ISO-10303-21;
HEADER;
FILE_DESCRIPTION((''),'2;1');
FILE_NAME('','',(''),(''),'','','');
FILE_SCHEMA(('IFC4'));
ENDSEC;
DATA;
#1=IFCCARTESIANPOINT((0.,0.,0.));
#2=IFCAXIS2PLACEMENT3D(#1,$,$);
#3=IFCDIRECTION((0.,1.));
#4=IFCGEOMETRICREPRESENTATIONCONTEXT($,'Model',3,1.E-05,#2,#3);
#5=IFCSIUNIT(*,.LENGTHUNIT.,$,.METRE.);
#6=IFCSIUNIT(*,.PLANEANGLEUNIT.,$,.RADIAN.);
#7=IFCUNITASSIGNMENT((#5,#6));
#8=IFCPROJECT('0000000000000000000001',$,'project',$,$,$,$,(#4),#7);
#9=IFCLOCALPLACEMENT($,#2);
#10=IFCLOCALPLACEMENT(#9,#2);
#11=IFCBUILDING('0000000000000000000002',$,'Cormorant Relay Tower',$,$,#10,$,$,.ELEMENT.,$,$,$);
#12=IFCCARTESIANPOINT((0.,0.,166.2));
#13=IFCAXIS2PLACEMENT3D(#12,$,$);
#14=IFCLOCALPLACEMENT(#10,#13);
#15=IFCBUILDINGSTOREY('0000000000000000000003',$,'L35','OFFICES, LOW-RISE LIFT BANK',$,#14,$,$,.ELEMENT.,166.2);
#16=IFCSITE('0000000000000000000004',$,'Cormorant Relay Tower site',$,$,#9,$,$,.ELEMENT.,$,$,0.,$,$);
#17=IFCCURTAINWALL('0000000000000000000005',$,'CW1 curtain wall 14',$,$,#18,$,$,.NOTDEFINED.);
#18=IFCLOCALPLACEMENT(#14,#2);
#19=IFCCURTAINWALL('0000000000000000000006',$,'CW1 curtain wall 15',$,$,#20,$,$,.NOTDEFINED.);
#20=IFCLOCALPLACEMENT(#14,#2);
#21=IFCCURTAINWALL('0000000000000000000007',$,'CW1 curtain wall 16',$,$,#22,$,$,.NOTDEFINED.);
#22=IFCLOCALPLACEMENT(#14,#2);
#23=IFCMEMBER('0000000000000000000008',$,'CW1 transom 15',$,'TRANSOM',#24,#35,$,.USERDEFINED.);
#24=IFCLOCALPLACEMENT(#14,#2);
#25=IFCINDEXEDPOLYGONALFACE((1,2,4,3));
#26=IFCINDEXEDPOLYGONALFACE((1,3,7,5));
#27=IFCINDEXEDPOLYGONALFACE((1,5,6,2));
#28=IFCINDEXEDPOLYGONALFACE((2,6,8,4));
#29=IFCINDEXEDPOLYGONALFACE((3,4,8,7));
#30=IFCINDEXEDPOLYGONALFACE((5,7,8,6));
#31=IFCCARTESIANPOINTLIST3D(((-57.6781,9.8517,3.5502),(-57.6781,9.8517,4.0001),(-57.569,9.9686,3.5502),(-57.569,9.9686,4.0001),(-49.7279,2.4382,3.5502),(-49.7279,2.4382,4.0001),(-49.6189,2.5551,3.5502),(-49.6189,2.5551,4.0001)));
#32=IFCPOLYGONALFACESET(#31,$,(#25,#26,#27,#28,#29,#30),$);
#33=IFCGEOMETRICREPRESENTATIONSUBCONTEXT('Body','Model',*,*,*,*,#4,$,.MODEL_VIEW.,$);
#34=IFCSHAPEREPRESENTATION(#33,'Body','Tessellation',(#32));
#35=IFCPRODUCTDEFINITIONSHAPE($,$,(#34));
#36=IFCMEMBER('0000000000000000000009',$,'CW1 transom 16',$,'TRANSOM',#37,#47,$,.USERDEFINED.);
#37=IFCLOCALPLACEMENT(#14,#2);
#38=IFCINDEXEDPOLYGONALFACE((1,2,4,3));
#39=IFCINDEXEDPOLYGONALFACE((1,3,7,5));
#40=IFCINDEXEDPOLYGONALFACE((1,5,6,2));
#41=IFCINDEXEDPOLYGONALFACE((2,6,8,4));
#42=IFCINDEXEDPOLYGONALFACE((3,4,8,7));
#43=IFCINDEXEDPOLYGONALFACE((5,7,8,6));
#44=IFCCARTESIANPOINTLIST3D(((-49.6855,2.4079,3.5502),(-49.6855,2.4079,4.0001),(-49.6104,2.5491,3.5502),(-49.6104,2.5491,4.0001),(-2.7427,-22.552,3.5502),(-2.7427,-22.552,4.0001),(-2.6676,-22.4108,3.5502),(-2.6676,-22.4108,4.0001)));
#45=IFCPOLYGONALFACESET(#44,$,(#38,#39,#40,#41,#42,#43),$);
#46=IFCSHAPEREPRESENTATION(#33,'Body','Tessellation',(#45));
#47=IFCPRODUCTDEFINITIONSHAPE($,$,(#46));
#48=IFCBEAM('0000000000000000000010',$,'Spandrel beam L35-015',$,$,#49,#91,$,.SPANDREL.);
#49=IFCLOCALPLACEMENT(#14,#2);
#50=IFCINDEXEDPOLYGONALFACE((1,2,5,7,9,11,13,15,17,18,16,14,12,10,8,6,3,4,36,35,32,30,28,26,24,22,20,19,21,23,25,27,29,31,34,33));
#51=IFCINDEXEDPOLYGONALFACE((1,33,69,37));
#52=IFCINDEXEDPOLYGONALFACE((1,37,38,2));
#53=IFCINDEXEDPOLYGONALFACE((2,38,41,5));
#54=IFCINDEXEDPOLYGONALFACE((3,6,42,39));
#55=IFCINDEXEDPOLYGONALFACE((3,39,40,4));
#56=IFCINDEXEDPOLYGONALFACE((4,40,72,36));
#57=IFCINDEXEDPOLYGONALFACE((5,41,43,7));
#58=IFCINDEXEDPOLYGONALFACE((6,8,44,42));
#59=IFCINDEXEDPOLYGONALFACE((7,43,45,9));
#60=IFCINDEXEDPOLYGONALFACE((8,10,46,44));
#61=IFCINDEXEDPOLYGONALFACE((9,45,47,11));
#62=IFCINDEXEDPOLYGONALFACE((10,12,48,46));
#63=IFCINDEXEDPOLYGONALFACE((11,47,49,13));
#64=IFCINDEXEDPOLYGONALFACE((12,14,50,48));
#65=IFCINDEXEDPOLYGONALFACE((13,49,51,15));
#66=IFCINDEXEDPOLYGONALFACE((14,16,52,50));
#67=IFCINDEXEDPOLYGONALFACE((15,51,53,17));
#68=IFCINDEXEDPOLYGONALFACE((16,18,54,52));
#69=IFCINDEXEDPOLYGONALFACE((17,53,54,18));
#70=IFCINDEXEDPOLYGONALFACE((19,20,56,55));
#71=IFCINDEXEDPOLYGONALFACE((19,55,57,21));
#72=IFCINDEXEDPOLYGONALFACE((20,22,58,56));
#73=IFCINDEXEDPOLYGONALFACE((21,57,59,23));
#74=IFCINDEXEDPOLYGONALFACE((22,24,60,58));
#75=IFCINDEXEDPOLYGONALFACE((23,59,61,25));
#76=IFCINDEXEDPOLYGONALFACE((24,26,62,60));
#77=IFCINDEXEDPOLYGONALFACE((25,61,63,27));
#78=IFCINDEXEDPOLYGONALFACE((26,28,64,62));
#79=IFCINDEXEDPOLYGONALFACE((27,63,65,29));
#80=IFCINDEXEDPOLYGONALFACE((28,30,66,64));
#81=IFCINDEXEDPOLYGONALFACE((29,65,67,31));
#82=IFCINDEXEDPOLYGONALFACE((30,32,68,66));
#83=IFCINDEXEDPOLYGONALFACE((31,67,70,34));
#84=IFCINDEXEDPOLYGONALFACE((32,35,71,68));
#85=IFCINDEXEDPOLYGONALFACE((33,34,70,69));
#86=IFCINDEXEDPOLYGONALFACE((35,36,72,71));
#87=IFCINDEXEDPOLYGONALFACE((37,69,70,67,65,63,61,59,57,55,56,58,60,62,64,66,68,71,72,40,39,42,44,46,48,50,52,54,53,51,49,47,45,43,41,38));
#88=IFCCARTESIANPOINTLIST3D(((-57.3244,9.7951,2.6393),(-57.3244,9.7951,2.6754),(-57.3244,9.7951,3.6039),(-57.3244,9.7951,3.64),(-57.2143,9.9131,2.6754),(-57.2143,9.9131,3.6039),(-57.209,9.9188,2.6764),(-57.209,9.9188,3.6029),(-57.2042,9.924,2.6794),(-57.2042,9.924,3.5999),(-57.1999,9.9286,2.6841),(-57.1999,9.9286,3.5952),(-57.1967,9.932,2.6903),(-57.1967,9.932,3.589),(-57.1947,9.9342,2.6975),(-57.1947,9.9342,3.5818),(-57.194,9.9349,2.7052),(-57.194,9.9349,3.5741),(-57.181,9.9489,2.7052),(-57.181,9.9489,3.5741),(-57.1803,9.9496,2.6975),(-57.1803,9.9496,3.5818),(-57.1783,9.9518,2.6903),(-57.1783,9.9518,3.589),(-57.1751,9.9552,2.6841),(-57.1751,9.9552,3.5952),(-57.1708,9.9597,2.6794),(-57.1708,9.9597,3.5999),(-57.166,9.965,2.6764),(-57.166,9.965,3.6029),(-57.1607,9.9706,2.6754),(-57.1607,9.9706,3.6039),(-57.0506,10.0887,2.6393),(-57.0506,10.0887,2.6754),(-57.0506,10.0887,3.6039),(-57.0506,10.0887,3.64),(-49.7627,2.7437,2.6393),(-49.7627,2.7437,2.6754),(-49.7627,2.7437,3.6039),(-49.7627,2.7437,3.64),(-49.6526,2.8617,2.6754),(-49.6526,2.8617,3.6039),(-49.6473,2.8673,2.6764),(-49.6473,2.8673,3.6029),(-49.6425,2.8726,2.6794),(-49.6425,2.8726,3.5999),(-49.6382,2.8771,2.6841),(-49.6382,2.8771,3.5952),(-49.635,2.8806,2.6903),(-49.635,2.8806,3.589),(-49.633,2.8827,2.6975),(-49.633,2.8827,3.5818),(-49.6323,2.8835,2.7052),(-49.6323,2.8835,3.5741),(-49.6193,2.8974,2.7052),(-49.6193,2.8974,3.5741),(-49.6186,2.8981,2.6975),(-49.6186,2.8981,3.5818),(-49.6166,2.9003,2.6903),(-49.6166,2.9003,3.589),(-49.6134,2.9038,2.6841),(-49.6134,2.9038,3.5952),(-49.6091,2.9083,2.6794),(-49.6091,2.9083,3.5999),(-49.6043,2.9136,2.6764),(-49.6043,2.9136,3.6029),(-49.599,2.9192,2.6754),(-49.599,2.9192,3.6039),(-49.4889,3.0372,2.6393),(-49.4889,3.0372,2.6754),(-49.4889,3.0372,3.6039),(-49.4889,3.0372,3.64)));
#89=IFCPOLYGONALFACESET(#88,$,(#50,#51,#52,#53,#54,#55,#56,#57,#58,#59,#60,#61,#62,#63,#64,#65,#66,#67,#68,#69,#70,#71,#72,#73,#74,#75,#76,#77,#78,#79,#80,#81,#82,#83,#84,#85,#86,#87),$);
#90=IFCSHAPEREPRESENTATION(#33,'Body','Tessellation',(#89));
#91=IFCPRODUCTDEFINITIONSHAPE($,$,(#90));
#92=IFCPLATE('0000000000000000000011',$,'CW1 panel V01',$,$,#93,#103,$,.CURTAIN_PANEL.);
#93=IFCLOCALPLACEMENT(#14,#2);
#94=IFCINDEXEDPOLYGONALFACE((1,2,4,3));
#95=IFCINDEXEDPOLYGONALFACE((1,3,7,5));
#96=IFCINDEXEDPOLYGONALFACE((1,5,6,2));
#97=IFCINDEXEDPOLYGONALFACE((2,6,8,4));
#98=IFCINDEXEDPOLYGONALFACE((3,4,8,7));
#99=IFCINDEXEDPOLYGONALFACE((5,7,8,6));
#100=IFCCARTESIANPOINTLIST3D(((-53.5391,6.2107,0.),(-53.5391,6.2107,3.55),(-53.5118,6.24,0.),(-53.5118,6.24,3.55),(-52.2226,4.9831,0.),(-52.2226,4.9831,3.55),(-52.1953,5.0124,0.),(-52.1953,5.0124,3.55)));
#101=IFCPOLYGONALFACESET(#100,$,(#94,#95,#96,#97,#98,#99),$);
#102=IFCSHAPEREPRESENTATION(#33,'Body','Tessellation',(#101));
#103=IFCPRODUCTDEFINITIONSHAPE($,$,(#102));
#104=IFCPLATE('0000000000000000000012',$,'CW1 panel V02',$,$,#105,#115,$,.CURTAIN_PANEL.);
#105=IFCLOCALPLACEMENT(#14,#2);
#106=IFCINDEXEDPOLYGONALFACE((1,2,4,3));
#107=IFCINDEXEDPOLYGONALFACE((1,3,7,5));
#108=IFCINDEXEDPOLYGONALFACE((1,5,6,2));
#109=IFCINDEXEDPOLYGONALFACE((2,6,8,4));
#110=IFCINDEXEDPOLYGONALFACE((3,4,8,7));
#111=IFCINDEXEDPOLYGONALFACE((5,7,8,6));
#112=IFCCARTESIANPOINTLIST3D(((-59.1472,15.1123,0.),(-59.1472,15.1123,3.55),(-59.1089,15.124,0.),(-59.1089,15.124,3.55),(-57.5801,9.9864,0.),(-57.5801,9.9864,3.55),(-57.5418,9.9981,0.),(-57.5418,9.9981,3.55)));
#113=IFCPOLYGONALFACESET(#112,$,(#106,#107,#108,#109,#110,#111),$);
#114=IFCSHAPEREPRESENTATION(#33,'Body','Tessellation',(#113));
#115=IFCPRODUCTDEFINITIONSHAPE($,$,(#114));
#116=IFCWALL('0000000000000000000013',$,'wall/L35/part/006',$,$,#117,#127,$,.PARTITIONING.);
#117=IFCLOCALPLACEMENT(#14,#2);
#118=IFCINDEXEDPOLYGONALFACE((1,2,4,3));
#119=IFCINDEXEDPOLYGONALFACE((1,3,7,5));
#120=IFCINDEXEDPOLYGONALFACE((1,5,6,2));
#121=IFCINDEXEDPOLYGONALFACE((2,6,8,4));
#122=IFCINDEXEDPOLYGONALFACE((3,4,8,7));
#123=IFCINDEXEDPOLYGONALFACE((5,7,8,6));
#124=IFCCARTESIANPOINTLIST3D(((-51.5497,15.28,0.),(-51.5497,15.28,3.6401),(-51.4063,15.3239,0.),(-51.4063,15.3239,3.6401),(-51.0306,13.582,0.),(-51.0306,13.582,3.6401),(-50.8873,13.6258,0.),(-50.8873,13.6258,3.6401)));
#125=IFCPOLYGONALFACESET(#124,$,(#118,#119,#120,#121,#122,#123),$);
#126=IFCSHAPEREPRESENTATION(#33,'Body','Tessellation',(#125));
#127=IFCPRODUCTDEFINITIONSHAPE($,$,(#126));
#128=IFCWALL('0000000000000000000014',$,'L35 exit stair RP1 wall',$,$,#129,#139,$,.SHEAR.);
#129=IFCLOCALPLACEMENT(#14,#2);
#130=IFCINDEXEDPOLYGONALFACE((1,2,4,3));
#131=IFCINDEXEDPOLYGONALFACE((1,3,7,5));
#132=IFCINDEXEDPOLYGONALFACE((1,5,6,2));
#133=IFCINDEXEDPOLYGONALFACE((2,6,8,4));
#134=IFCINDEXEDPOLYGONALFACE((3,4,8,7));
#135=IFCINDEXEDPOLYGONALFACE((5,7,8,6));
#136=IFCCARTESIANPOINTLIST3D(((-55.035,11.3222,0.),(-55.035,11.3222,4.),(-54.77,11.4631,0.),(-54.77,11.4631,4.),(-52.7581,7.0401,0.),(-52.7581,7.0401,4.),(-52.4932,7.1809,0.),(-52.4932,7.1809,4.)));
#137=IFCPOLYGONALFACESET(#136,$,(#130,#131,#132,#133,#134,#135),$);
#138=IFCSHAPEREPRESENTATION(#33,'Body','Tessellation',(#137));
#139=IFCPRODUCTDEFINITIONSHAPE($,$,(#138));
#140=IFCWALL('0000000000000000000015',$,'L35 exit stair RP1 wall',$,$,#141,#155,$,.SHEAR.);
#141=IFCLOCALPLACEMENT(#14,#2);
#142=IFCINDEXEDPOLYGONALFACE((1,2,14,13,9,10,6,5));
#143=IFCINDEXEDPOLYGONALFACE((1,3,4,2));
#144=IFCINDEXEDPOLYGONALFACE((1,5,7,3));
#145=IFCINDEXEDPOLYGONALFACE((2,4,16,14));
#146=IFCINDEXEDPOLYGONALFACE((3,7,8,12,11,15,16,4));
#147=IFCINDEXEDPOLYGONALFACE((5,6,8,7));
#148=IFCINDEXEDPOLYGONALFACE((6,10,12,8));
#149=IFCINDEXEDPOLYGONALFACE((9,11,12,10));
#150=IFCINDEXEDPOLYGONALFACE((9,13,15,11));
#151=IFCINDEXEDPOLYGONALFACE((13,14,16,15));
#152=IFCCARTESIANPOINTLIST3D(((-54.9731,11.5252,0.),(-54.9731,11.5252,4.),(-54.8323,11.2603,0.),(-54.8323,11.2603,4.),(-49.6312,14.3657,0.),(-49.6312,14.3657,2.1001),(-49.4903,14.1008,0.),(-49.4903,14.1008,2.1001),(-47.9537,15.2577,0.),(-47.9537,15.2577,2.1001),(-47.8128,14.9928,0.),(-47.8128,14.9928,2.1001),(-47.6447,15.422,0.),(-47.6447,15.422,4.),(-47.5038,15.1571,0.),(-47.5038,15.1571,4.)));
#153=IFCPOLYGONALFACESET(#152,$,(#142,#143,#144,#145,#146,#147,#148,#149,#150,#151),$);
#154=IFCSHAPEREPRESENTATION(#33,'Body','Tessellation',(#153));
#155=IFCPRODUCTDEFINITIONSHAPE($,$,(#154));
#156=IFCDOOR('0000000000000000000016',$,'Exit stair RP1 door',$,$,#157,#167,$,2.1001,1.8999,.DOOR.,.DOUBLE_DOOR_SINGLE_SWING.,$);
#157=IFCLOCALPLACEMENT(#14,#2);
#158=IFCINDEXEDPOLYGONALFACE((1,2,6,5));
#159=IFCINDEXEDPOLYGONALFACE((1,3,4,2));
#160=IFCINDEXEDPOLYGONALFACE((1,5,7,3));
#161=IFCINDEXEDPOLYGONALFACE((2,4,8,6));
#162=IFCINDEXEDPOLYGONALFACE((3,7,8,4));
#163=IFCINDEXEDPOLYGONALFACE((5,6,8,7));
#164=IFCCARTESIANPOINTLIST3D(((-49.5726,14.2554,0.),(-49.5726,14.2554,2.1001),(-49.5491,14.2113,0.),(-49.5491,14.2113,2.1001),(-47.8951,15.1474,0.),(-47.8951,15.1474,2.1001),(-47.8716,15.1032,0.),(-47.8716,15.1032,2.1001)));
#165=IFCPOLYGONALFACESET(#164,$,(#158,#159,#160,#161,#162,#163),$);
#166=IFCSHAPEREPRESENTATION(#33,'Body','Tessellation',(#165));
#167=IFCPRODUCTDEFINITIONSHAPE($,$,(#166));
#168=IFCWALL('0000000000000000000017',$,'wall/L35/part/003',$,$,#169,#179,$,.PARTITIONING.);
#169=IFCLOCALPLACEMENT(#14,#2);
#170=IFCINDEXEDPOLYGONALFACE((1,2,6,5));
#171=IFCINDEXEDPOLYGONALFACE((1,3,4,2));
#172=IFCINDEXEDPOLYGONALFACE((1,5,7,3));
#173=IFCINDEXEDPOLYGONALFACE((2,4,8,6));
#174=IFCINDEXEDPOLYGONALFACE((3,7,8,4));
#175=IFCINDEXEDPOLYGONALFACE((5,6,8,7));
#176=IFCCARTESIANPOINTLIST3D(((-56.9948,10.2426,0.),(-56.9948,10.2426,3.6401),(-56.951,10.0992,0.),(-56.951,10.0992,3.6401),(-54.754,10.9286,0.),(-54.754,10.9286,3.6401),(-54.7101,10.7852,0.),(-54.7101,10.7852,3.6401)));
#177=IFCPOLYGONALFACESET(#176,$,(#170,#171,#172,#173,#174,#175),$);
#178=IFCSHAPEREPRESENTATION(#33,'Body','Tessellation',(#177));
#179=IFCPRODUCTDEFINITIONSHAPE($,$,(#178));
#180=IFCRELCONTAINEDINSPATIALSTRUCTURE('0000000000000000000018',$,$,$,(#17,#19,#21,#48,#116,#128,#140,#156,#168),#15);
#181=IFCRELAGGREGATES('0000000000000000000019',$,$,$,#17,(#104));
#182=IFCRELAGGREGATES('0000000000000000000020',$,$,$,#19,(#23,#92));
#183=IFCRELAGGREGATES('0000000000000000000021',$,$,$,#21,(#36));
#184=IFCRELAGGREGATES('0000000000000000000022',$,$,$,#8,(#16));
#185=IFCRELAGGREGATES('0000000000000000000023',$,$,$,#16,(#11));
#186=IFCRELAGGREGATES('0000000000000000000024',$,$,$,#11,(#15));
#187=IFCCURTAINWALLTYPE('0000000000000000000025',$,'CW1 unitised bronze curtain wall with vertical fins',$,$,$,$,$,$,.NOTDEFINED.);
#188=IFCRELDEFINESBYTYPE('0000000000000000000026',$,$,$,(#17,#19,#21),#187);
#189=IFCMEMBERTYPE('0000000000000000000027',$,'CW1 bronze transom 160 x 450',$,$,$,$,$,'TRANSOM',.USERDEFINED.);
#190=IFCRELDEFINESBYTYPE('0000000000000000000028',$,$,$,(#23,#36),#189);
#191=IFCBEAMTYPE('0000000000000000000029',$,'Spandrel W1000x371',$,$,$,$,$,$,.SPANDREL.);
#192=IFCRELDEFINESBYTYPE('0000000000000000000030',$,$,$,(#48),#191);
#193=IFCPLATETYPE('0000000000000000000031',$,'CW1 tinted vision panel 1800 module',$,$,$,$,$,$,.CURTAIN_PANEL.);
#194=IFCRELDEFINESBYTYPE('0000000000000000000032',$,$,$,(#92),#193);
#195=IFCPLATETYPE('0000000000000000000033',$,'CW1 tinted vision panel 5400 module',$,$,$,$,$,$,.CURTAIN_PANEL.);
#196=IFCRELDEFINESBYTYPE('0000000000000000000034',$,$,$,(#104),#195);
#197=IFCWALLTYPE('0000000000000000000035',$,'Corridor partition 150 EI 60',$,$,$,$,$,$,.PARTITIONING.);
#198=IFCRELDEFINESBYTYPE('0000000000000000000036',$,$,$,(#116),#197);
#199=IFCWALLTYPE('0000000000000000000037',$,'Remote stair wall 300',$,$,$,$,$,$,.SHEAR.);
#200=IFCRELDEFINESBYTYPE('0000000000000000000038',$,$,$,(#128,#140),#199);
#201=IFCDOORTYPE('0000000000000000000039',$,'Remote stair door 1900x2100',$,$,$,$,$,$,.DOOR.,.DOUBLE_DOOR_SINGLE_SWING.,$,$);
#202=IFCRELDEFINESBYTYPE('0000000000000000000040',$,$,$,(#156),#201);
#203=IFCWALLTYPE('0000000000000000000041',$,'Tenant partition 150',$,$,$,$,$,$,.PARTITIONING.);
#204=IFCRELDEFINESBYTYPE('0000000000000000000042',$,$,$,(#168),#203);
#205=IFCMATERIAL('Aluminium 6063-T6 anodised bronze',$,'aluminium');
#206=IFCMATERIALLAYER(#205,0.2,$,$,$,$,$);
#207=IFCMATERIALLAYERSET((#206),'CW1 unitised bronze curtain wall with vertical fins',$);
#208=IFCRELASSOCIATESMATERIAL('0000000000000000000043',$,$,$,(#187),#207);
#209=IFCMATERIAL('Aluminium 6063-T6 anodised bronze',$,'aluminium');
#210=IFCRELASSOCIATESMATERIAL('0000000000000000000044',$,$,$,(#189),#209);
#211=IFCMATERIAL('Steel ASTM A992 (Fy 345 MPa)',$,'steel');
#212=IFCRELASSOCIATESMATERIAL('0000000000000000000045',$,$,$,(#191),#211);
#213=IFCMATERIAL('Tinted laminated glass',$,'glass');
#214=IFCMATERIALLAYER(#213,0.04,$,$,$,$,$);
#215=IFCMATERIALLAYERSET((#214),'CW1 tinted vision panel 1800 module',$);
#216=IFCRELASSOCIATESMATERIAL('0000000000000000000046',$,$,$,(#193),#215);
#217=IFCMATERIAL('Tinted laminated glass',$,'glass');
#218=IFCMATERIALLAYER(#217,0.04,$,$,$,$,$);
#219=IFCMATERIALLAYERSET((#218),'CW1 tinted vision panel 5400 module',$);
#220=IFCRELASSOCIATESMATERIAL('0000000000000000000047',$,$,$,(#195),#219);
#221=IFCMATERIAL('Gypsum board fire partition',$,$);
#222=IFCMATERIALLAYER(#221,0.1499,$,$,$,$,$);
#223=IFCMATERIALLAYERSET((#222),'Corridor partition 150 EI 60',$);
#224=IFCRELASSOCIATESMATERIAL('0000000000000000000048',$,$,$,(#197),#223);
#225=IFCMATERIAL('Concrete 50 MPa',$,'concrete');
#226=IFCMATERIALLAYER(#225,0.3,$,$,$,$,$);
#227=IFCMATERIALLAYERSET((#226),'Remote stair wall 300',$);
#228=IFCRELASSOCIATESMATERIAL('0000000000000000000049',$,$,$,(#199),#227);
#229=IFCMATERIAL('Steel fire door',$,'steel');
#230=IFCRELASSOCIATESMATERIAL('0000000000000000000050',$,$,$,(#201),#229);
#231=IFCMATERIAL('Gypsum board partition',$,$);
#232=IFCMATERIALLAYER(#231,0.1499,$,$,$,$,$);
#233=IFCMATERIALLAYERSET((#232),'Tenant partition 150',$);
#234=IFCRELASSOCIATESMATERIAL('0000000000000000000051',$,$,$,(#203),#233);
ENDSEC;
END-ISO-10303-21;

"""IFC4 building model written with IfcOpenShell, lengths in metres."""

from ifc_helpers import new_model, si_unit, direction, frame, frame_2d, origin, origin_2d, place, context, subcontext, project, spatial, rectangle, i_section, extrude, material, layer, layer_set, material_profile, profile_set, type_object, element, fill, aggregate, save


model = new_model("IFC4")

# Units and contexts
model_context = context("Model", 3, precision=1e-05, world=origin(), true_north=direction((0.0, 1.0)))
body_context = subcontext(model_context, "Body", "Model", "MODEL_VIEW")
ifc_project = project(units=[si_unit("LENGTHUNIT", "METRE"), si_unit("PLANEANGLEUNIT", "RADIAN")], contexts=[model_context])

# Site, building, storey
site_placement = place(None, origin())
site = spatial("IfcSite", under=ifc_project, at=site_placement, Name="Cormorant Relay Tower site", CompositionType="ELEMENT", RefElevation=0.0)
building_placement = place(site_placement, origin())
building = spatial("IfcBuilding", under=site, at=building_placement, Name="Cormorant Relay Tower", CompositionType="ELEMENT")
storey_placement = place(building_placement, frame((0.0, 0.0, 166.2)))
storey = spatial("IfcBuildingStorey", under=building, at=storey_placement, Name="L35", Description="OFFICES, LOW-RISE LIFT BANK", CompositionType="ELEMENT", Elevation=166.2)

# Curtain wall
ifc_material_1 = material(Name="Aluminium 6063-T6 anodised bronze", Category="aluminium")
ifc_layer_1 = layer(ifc_material_1, 0.2)
ifc_layer_set_1 = layer_set([ifc_layer_1], Name="CW1 unitised bronze curtain wall with vertical fins")
curtain_wall_type = type_object("IfcCurtainWallType", Name="CW1 unitised bronze curtain wall with vertical fins", PredefinedType="NOTDEFINED", material=ifc_layer_set_1)
curtain_wall_1_placement = place(storey_placement, origin())
curtain_wall_1 = element("IfcCurtainWall", 1, at=curtain_wall_1_placement, inside=storey, type_object=curtain_wall_type, Name="CW1 curtain wall 14", PredefinedType="NOTDEFINED")

# Curtain wall
curtain_wall_2_placement = place(storey_placement, origin())
curtain_wall_2 = element("IfcCurtainWall", 2, at=curtain_wall_2_placement, inside=storey, type_object=curtain_wall_type, Name="CW1 curtain wall 15", PredefinedType="NOTDEFINED")

# Curtain wall
curtain_wall_3_placement = place(storey_placement, origin())
curtain_wall_3 = element("IfcCurtainWall", 3, at=curtain_wall_3_placement, inside=storey, type_object=curtain_wall_type, Name="CW1 curtain wall 16", PredefinedType="NOTDEFINED")

# Members
ifc_material_2 = material(Name="Aluminium 6063-T6 anodised bronze", Category="aluminium")
ifc_material_profile_1 = material_profile(ifc_material_2, rectangle(XDim=0.1599, YDim=0.45, at=origin_2d()), Name="AL 160x450")
ifc_profile_set_1 = profile_set([ifc_material_profile_1], Name="Aluminium 6063-T6 anodised bronze")
member_type_1 = type_object("IfcMemberType", Name="CW1 bronze transom 160 x 450", ElementType="TRANSOM", PredefinedType="USERDEFINED", material=ifc_profile_set_1)
member_1_placement = place(storey_placement, frame((-57.6235, 9.9102, 3.7751), z_axis=(0.731358, -0.681993, 0.0), x_axis=(0.681993, 0.731358, 0.0)))
member_1 = element("IfcMember", 4, at=member_1_placement, type_object=member_type_1, Name="CW1 transom 15", ObjectType="TRANSOM", PredefinedType="USERDEFINED", context=body_context, shape_type="SweptSolid", body=[
    extrude(rectangle(XDim=0.1599, YDim=0.45, at=origin_2d()), origin(), (0.0, 0.0, 1.0), 10.8704),
])
member_2_placement = place(storey_placement, frame((-49.6479, 2.4785, 3.7751), z_axis=(0.882948, -0.469471, 0.0), x_axis=(0.469471, 0.882948, 0.0)))
member_2 = element("IfcMember", 5, at=member_2_placement, type_object=member_type_1, Name="CW1 transom 16", ObjectType="TRANSOM", PredefinedType="USERDEFINED", context=body_context, shape_type="SweptSolid", body=[
    extrude(rectangle(XDim=0.1599, YDim=0.45, at=origin_2d()), origin(), (0.0, 0.0, 1.0), 53.166),
])

# Beam
ifc_material_3 = material(Name="Steel ASTM A992 (Fy 345 MPa)", Category="steel")
ifc_material_profile_2 = material_profile(ifc_material_3, i_section(OverallWidth=0.4014, OverallDepth=1.0007, WebThickness=0.019, FlangeThickness=0.0361, FilletRadius=0.0298, at=origin_2d()), Name="W1000x371")
ifc_profile_set_2 = profile_set([ifc_material_profile_2], Name="Steel ASTM A992 (Fy 345 MPa)")
beam_type = type_object("IfcBeamType", Name="Spandrel W1000x371", PredefinedType="SPANDREL", material=ifc_profile_set_2)
beam_placement = place(storey_placement, frame((-57.1875, 9.9419, 3.1396), z_axis=(0.731351, -0.682001, 0.0), x_axis=(0.682001, 0.731351, 0.0)))
element("IfcBeam", 6, at=beam_placement, inside=storey, type_object=beam_type, Name="Spandrel beam L35-015", PredefinedType="SPANDREL", context=body_context, shape_type="SweptSolid", body=[
    extrude(i_section(OverallWidth=0.4014, OverallDepth=1.0007, WebThickness=0.019, FlangeThickness=0.0361, FilletRadius=0.0298, at=origin_2d()), origin(), (0.0, 0.0, 1.0), 10.3394),
])

# Plates
ifc_material_4 = material(Name="Tinted laminated glass", Category="glass")
ifc_layer_2 = layer(ifc_material_4, 0.04)
ifc_layer_set_2 = layer_set([ifc_layer_2], Name="CW1 tinted vision panel 1800 module")
plate_type_1 = type_object("IfcPlateType", Name="CW1 tinted vision panel 1800 module", PredefinedType="CURTAIN_PANEL", material=ifc_layer_set_2)
plate_1_placement = place(storey_placement, frame((-52.8672, 5.6116, 0.0), z_axis=(0.0, 0.0, 1.0), x_axis=(0.731354, -0.681998, 0.0)))
plate_1 = element("IfcPlate", 7, at=plate_1_placement, type_object=plate_type_1, Name="CW1 panel V01", PredefinedType="CURTAIN_PANEL", context=body_context, shape_type="SweptSolid", body=[
    extrude(rectangle(XDim=1.8, YDim=0.04, at=origin_2d()), origin(), (0.0, 0.0, 1.0), 3.55),
])
ifc_material_5 = material(Name="Tinted laminated glass", Category="glass")
ifc_layer_3 = layer(ifc_material_5, 0.04)
ifc_layer_set_3 = layer_set([ifc_layer_3], Name="CW1 tinted vision panel 5400 module")
plate_type_2 = type_object("IfcPlateType", Name="CW1 tinted vision panel 5400 module", PredefinedType="CURTAIN_PANEL", material=ifc_layer_set_3)
plate_2_placement = place(storey_placement, frame((-58.3445, 12.5552, 0.0), z_axis=(0.0, 0.0, 1.0), x_axis=(0.292372, -0.956305, 0.0)))
plate_2 = element("IfcPlate", 8, at=plate_2_placement, type_object=plate_type_2, Name="CW1 panel V02", PredefinedType="CURTAIN_PANEL", context=body_context, shape_type="SweptSolid", body=[
    extrude(rectangle(XDim=5.3601, YDim=0.04, at=origin_2d()), origin(), (0.0, 0.0, 1.0), 3.55),
])
aggregate(curtain_wall_1, [plate_2])

# Walls
ifc_material_6 = material(Name="Gypsum board fire partition")
ifc_layer_4 = layer(ifc_material_6, 0.1499)
ifc_layer_set_4 = layer_set([ifc_layer_4], Name="Corridor partition 150 EI 60")
wall_type_1 = type_object("IfcWallType", Name="Corridor partition 150 EI 60", PredefinedType="PARTITIONING", material=ifc_layer_set_4)
wall_1_placement = place(storey_placement, frame((-50.959, 13.604, 0.0), z_axis=(0.0, 0.0, 1.0), x_axis=(-0.292327, 0.956318, 0.0)))
element("IfcWall", 9, at=wall_1_placement, inside=storey, type_object=wall_type_1, Name="wall/L35/part/006", PredefinedType="PARTITIONING", context=body_context, shape_type="SweptSolid", body=[
    extrude(rectangle(XDim=1.7756, YDim=0.1499, at=frame_2d((0.8877, 0.0))), origin(), (0.0, 0.0, 1.0), 3.6401),
])
ifc_material_7 = material(Name="Concrete 50 MPa", Category="concrete")
ifc_layer_5 = layer(ifc_material_7, 0.3)
ifc_layer_set_5 = layer_set([ifc_layer_5], Name="Remote stair wall 300")
wall_type_2 = type_object("IfcWallType", Name="Remote stair wall 300", PredefinedType="SHEAR", material=ifc_layer_set_5)
wall_2_placement = place(storey_placement, frame((-52.6257, 7.1106, 0.0), z_axis=(0.0, 0.0, 1.0), x_axis=(-0.469464, 0.882951, 0.0)))
element("IfcWall", 10, at=wall_2_placement, inside=storey, type_object=wall_type_2, Name="L35 exit stair RP1 wall", PredefinedType="SHEAR", context=body_context, shape_type="SweptSolid", body=[
    extrude(rectangle(XDim=4.8499, YDim=0.3, at=frame_2d((2.4248, 0.0))), origin(), (0.0, 0.0, 1.0), 4.0),
])

# Wall, opening, door
wall_3_placement = place(storey_placement, frame((-54.9026, 11.3928, 0.0), z_axis=(0.0, 0.0, 1.0), x_axis=(0.882939, 0.469487, 0.0)))
wall_3 = element("IfcWall", 11, at=wall_3_placement, inside=storey, type_object=wall_type_2, Name="L35 exit stair RP1 wall", PredefinedType="SHEAR", context=body_context, shape_type="SweptSolid", body=[
    extrude(rectangle(XDim=8.3, YDim=0.3, at=frame_2d((4.1499, 0.0))), origin(), (0.0, 0.0, 1.0), 4.0),
])
opening_placement = place(wall_3_placement, frame((6.05, 0.0, 0.0)))
opening = element("IfcOpeningElement", 12, at=opening_placement, cuts=wall_3, PredefinedType="OPENING", context=body_context, shape_type="SweptSolid", body=[
    extrude(rectangle(XDim=1.8999, YDim=2.1001, at=frame_2d((0.95, 1.05))), frame((0.0, 0.1599, 0.0), z_axis=(0.0, -1.0, 0.0), x_axis=(1.0, 0.0, 0.0)), (0.0, 0.0, 1.0), 0.3201),
])
ifc_material_8 = material(Name="Steel fire door", Category="steel")
door_type = type_object("IfcDoorType", Name="Remote stair door 1900x2100", OperationType="DOUBLE_DOOR_SINGLE_SWING", PredefinedType="DOOR", material=ifc_material_8)
door_placement = place(opening_placement, frame((1.8999, 0.0, 0.0), z_axis=(0.0, 0.0, 1.0), x_axis=(-1.0, 0.0, 0.0)))
door = element("IfcDoor", 13, at=door_placement, inside=storey, type_object=door_type, Name="Exit stair RP1 door", OperationType="DOUBLE_DOOR_SINGLE_SWING", OverallHeight=2.1001, OverallWidth=1.8999, PredefinedType="DOOR", context=body_context, shape_type="SweptSolid", body=[
    extrude(rectangle(XDim=1.8999, YDim=2.1001, at=frame_2d((0.95, 1.05))), frame((0.0, 0.0249, 0.0), z_axis=(0.0, -1.0, 0.0), x_axis=(1.0, 0.0, 0.0)), (0.0, 0.0, 1.0), 0.05),
])
fill(opening, door)

# Wall
ifc_material_9 = material(Name="Gypsum board partition")
ifc_layer_6 = layer(ifc_material_9, 0.1499)
ifc_layer_set_6 = layer_set([ifc_layer_6], Name="Tenant partition 150")
wall_type_3 = type_object("IfcWallType", Name="Tenant partition 150", PredefinedType="PARTITIONING", material=ifc_layer_set_6)
wall_4_placement = place(storey_placement, frame((-54.7319, 10.8569, 0.0), z_axis=(0.0, 0.0, 1.0), x_axis=(-0.956197, -0.292724, 0.0)))
element("IfcWall", 14, at=wall_4_placement, inside=storey, type_object=wall_type_3, Name="wall/L35/part/003", PredefinedType="PARTITIONING", context=body_context, shape_type="SweptSolid", body=[
    extrude(rectangle(XDim=2.3435, YDim=0.1499, at=frame_2d((1.1719, 0.0))), origin(), (0.0, 0.0, 1.0), 3.6401),
])

aggregate(curtain_wall_2, [member_1, plate_1])
aggregate(curtain_wall_3, [member_2])

save(model, "model.ifc")
